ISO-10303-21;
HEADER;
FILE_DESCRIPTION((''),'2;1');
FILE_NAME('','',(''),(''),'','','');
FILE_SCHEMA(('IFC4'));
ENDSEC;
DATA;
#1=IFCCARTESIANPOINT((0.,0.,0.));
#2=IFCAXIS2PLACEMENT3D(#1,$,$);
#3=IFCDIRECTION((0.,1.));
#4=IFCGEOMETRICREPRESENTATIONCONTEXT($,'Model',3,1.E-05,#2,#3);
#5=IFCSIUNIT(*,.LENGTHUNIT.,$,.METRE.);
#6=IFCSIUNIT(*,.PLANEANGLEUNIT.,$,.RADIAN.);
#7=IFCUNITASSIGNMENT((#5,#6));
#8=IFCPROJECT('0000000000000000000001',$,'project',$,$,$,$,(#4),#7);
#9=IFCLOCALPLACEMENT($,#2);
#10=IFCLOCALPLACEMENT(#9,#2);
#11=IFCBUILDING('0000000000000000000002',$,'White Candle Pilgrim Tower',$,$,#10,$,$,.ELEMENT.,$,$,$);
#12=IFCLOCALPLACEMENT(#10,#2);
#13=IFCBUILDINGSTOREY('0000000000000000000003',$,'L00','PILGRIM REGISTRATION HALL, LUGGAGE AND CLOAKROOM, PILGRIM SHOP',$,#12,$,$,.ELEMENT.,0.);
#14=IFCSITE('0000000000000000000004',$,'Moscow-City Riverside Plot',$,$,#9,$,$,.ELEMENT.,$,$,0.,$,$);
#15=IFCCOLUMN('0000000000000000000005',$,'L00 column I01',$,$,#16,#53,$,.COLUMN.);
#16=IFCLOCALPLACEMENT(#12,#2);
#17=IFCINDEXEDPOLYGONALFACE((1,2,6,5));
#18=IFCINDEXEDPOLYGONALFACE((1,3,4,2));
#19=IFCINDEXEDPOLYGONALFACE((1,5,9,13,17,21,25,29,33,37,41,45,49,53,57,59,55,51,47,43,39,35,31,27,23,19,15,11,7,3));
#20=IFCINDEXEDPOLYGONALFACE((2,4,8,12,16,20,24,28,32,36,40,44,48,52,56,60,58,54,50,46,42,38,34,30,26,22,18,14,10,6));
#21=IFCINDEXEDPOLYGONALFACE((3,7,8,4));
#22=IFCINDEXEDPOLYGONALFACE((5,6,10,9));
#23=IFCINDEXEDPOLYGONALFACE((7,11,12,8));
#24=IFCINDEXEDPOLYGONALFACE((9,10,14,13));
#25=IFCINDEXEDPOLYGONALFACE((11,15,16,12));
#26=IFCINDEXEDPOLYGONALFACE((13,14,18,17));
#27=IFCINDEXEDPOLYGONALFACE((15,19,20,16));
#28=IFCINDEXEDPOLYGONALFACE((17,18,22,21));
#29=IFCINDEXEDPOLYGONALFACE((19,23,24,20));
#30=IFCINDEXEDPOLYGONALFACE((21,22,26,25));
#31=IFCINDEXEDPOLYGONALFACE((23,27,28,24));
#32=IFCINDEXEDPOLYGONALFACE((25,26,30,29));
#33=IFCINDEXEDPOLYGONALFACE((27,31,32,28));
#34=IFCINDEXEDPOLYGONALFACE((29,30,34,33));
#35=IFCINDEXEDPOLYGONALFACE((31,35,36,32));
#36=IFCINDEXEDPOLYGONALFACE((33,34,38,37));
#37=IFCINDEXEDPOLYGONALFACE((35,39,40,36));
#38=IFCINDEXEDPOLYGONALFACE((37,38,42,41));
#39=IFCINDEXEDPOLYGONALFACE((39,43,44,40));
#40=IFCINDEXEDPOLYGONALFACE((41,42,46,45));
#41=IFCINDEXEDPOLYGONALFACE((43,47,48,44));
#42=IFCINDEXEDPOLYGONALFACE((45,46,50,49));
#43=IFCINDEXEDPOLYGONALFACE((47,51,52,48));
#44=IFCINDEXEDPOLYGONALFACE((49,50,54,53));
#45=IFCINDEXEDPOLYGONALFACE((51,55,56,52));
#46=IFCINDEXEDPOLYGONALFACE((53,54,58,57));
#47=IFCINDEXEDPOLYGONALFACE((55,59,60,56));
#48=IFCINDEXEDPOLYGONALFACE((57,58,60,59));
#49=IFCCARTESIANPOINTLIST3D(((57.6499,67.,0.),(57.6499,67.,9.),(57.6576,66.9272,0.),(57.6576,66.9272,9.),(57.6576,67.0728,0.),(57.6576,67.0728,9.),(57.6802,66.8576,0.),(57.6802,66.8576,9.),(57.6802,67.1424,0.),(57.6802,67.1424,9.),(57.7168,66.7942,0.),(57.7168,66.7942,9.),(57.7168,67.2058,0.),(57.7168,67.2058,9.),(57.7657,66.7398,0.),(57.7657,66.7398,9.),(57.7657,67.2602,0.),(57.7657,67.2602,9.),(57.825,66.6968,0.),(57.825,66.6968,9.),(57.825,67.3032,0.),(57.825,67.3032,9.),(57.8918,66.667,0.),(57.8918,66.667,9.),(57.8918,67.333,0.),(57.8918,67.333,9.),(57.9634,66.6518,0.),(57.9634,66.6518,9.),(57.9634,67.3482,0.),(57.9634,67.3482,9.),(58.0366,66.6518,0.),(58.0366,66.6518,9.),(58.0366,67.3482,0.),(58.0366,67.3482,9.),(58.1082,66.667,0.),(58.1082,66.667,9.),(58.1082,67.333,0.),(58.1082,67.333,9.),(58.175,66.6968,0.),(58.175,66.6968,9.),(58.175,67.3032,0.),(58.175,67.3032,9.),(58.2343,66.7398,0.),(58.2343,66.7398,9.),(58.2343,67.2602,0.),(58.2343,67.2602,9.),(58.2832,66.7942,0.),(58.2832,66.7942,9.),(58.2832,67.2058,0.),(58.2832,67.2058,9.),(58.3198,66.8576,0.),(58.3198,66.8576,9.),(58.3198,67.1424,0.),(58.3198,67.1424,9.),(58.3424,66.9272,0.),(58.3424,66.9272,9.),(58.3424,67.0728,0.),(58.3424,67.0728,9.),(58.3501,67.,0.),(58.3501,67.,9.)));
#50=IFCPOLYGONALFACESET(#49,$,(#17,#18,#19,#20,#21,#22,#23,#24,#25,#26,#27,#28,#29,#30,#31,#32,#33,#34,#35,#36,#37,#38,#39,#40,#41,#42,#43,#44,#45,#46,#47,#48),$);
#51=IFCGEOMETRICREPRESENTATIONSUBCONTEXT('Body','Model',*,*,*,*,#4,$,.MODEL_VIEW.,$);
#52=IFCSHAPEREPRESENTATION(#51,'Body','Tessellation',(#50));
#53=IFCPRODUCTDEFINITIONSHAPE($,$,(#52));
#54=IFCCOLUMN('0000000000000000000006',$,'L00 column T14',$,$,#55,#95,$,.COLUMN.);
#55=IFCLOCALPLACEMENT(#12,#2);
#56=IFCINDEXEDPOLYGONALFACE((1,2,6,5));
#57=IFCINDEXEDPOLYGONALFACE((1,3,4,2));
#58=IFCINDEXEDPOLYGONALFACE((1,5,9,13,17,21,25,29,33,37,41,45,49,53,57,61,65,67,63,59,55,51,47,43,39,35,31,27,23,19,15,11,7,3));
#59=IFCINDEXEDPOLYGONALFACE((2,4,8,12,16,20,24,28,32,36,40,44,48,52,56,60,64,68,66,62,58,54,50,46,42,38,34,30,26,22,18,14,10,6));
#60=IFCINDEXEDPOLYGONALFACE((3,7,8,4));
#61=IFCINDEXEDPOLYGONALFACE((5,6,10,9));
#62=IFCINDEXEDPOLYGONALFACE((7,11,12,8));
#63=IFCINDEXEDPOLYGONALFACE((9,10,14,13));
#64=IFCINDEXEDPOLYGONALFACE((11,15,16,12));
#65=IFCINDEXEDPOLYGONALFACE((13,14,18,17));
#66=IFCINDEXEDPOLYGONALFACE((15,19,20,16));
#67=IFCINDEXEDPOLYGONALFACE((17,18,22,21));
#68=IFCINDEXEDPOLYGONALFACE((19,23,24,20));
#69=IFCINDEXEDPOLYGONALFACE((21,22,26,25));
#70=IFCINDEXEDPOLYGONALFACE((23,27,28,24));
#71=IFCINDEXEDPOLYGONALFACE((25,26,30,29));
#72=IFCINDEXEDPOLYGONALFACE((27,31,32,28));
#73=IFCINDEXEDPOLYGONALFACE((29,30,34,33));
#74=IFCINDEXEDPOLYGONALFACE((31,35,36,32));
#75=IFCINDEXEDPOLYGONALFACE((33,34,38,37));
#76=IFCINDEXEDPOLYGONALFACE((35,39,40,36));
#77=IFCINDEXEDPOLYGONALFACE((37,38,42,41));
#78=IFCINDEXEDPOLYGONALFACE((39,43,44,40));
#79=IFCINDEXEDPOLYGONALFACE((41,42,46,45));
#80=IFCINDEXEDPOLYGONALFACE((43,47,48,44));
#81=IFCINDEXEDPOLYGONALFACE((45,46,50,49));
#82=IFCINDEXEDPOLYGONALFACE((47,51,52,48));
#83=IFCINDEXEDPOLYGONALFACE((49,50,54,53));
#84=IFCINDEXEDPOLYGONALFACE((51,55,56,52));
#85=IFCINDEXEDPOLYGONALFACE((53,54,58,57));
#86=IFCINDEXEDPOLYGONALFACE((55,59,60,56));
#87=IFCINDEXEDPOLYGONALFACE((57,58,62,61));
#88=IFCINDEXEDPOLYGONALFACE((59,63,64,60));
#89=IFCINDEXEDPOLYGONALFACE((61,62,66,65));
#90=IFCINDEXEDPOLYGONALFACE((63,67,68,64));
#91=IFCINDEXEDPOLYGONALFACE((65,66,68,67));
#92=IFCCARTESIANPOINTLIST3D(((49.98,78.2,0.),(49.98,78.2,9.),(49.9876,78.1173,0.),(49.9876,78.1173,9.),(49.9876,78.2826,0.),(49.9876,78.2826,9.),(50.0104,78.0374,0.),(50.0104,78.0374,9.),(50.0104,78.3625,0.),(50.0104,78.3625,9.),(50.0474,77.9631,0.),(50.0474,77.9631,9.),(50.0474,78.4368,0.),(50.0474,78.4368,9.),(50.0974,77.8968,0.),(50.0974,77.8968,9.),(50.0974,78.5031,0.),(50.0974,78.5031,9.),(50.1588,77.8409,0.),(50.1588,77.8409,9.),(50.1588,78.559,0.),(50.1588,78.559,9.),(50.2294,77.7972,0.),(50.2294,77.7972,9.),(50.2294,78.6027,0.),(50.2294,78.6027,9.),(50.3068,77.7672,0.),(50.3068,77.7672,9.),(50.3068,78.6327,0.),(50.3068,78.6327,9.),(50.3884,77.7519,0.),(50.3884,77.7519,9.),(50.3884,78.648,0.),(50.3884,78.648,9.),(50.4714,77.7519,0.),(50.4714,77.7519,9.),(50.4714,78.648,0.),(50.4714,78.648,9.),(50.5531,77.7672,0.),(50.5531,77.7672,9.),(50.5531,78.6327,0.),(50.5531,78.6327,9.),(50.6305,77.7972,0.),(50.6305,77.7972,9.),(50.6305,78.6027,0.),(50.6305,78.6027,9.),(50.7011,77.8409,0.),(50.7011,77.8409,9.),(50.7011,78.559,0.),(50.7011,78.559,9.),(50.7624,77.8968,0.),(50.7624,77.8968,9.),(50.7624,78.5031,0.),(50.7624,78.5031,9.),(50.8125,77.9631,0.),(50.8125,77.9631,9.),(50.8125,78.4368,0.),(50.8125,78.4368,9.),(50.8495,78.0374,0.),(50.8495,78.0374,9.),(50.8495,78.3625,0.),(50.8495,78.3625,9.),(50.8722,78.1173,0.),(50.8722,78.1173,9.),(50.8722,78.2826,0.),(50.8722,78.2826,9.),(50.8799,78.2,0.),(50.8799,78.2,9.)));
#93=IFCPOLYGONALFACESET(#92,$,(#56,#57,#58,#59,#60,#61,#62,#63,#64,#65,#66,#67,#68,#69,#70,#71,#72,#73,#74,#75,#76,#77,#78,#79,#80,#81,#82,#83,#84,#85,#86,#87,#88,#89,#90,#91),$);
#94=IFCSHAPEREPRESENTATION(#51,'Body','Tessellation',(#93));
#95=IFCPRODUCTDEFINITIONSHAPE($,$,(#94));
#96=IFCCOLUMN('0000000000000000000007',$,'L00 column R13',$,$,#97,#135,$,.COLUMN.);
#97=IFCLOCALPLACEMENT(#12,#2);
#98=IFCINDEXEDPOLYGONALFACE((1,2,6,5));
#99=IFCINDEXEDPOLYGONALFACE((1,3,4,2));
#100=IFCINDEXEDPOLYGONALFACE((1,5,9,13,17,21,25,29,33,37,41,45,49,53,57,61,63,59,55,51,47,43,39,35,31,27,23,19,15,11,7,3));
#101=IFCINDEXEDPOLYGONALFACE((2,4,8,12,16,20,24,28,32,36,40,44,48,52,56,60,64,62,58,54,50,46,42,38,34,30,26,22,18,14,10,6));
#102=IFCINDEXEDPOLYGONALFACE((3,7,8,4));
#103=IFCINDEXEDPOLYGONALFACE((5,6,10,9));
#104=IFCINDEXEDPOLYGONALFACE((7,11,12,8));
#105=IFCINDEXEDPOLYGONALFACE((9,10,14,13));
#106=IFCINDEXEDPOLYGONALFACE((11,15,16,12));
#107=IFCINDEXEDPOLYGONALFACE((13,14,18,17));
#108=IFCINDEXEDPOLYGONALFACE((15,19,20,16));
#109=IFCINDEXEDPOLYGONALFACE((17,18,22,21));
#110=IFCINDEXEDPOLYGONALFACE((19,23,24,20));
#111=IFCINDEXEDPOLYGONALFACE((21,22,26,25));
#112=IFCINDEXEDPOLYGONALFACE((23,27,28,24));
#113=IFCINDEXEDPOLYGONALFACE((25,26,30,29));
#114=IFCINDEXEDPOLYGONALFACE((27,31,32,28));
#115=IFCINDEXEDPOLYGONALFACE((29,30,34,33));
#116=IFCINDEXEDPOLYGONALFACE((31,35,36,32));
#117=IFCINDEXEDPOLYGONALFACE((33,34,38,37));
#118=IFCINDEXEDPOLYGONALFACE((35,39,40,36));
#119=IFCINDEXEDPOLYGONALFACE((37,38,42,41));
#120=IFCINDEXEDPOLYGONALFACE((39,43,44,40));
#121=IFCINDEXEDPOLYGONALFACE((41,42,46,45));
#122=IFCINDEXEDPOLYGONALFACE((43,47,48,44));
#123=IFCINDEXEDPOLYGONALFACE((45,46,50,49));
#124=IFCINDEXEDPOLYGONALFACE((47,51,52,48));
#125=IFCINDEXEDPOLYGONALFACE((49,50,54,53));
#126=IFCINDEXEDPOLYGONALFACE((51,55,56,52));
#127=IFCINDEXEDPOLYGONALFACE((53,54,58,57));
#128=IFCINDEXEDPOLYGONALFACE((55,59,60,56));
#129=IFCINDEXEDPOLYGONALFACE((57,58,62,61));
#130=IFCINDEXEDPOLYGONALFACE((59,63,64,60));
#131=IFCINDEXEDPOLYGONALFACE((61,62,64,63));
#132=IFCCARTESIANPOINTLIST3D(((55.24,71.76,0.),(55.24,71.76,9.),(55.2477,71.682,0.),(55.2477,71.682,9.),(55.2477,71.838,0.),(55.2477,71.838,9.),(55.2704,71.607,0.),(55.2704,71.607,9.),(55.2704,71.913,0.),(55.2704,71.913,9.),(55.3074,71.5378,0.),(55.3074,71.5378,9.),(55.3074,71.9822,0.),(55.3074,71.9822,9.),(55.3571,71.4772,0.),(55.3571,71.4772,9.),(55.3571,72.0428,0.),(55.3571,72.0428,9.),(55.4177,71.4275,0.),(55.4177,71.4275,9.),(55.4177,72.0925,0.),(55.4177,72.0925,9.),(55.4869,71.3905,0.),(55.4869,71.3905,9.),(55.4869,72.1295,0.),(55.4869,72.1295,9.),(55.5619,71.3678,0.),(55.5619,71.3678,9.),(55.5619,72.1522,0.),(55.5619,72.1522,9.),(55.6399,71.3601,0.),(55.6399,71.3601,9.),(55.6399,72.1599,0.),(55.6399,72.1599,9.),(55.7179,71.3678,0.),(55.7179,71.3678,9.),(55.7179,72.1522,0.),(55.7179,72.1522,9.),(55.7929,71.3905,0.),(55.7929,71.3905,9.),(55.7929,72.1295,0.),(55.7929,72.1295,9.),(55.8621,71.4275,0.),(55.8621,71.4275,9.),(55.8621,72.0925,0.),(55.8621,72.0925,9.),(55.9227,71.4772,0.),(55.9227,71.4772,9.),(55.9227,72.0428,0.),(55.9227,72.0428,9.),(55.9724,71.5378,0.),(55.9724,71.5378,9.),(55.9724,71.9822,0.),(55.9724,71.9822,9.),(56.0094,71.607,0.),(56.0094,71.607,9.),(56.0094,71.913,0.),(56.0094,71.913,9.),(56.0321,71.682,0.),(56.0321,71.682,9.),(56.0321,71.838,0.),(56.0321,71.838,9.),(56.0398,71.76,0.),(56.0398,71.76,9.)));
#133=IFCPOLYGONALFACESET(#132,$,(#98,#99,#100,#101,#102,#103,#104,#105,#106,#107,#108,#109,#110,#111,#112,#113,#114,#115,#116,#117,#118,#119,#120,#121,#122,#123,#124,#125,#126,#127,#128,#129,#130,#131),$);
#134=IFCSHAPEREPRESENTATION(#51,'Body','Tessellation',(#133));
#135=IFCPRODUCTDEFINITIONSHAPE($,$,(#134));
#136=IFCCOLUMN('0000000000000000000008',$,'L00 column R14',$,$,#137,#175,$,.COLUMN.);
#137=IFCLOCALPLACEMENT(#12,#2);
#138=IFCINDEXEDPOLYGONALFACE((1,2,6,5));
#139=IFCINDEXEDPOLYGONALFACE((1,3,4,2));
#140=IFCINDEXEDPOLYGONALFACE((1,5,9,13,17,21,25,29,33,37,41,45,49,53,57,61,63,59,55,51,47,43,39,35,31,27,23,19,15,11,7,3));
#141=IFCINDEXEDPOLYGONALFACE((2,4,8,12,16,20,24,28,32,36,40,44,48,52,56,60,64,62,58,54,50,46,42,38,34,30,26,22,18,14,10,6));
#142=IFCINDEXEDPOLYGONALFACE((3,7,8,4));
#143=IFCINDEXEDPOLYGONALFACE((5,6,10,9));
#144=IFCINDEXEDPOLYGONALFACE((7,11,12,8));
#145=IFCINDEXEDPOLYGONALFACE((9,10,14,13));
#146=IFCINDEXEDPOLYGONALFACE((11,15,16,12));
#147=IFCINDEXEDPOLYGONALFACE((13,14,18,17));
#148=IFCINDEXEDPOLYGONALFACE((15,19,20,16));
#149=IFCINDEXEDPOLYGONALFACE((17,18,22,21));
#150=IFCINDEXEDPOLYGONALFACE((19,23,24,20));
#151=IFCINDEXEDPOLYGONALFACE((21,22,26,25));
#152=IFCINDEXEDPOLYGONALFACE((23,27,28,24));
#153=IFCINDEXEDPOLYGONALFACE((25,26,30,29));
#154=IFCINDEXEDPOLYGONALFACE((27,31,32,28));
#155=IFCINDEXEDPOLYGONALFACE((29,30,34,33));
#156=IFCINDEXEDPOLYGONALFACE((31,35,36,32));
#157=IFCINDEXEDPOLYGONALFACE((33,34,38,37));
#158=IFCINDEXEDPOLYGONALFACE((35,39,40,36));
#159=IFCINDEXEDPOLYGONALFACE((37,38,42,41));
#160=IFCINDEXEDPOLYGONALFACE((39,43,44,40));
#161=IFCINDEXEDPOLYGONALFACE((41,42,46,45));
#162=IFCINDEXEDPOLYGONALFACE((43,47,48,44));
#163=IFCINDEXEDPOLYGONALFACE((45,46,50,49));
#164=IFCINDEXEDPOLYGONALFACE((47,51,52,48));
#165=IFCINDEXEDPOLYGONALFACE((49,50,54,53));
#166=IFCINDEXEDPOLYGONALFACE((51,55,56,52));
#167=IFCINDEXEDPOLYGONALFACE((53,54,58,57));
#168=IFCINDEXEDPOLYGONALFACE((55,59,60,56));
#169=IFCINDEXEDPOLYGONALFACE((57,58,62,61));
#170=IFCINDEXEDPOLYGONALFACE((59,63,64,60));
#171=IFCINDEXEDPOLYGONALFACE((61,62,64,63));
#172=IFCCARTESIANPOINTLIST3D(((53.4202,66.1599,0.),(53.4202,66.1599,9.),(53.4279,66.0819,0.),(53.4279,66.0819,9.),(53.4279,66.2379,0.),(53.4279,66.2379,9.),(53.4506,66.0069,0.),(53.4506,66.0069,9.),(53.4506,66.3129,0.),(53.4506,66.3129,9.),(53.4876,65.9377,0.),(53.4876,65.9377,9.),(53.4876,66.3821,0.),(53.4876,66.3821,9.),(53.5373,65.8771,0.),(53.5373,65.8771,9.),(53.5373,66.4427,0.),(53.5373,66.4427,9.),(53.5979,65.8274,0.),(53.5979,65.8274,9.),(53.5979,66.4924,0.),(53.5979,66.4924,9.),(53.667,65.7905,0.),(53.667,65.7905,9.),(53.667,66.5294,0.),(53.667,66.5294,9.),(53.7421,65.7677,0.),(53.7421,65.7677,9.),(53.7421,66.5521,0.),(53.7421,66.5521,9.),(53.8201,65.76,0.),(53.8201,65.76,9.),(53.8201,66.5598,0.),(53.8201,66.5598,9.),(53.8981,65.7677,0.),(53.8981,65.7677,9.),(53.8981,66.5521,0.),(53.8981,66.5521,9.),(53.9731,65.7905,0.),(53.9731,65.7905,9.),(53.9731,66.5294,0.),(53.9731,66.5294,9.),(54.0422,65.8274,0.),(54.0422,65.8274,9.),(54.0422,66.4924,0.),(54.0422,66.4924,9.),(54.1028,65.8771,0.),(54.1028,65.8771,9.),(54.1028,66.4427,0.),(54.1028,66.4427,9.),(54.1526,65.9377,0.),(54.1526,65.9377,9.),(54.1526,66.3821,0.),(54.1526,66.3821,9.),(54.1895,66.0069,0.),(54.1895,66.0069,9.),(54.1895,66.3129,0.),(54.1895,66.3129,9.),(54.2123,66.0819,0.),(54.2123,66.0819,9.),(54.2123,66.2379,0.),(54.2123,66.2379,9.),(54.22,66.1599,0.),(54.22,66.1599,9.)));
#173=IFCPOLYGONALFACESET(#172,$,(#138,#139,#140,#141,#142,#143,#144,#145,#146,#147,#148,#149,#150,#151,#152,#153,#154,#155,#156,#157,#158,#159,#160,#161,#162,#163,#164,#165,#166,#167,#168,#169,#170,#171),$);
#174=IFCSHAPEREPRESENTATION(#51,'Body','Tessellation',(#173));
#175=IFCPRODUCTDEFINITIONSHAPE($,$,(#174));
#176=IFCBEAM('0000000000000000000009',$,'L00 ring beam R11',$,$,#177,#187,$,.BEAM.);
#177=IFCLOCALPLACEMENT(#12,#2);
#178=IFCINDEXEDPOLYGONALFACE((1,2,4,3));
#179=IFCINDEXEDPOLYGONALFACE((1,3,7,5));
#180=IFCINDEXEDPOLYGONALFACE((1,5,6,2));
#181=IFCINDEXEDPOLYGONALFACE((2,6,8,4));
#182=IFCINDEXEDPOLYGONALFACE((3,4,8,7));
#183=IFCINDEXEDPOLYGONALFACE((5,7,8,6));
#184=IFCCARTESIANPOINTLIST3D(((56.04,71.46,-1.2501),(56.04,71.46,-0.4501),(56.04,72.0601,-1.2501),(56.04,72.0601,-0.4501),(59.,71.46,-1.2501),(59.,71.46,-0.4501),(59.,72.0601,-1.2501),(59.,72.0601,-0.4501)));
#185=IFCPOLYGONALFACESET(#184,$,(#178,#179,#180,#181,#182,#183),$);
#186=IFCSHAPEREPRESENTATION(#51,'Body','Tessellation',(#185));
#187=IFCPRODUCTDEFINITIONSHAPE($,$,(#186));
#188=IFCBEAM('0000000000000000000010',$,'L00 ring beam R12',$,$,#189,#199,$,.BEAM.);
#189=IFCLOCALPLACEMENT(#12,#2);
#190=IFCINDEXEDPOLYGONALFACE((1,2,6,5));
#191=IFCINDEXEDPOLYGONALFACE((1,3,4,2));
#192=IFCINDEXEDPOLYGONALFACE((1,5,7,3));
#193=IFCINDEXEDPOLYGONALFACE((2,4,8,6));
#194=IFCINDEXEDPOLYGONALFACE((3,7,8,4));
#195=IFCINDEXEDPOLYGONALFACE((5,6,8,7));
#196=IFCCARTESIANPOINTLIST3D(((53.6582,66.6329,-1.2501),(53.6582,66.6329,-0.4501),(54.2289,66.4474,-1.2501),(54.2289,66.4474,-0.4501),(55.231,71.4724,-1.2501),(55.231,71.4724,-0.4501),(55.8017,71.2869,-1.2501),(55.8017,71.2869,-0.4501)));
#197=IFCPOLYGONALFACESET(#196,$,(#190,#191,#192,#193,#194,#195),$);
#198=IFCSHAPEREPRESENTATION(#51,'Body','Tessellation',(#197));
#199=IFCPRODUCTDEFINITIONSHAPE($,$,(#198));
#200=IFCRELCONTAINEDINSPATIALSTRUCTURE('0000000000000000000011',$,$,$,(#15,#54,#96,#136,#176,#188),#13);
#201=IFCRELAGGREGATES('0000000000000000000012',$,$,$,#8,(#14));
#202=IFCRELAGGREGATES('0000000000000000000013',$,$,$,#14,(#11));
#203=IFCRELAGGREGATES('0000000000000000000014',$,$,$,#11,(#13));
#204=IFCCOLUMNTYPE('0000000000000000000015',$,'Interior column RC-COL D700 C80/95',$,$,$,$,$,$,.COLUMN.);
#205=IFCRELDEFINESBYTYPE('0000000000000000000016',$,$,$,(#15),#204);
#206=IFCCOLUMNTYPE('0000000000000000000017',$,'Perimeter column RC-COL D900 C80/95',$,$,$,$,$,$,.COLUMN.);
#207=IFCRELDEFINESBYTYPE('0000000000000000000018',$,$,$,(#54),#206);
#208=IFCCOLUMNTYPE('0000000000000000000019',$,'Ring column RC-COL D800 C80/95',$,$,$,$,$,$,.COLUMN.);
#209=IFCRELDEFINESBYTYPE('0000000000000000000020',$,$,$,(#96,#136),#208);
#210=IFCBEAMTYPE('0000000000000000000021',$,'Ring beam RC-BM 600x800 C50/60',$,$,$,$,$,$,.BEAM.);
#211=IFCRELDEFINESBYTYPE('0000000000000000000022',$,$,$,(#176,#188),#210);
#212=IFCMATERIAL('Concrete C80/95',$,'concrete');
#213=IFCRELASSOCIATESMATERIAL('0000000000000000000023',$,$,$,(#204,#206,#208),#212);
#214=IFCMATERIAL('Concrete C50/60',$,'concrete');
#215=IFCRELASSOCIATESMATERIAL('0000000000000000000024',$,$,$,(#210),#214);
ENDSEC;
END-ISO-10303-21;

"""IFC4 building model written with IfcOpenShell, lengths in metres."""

from ifc_helpers import new_model, si_unit, direction, frame, origin, origin_2d, place, context, subcontext, project, spatial, rectangle, circle, extrude, material, material_profile, profile_set, type_object, element, save


model = new_model("IFC4")

# Units and contexts
model_context = context("Model", 3, precision=1e-05, world=origin(), true_north=direction((0.0, 1.0)))
body_context = subcontext(model_context, "Body", "Model", "MODEL_VIEW")
ifc_project = project(units=[si_unit("LENGTHUNIT", "METRE"), si_unit("PLANEANGLEUNIT", "RADIAN")], contexts=[model_context])

# Site, building, storey
site_placement = place(None, origin())
site = spatial("IfcSite", under=ifc_project, at=site_placement, Name="Moscow-City Riverside Plot", CompositionType="ELEMENT", RefElevation=0.0)
building_placement = place(site_placement, origin())
building = spatial("IfcBuilding", under=site, at=building_placement, Name="White Candle Pilgrim Tower", CompositionType="ELEMENT")
storey_placement = place(building_placement, origin())
storey = spatial("IfcBuildingStorey", under=building, at=storey_placement, Name="L00", Description="PILGRIM REGISTRATION HALL, LUGGAGE AND CLOAKROOM, PILGRIM SHOP", CompositionType="ELEMENT", Elevation=0.0)

# Columns
ifc_material_1 = material(Name="Concrete C80/95", Category="concrete")
ifc_material_profile_1 = material_profile(ifc_material_1, circle(Radius=0.3501, at=origin_2d()), Name="RC-COL D700")
ifc_profile_set_1 = profile_set([ifc_material_profile_1], Name="Concrete C80/95")
column_type_1 = type_object("IfcColumnType", Name="Interior column RC-COL D700 C80/95", PredefinedType="COLUMN", material=ifc_profile_set_1)
column_1_placement = place(storey_placement, frame((58.0, 67.0, 0.0), z_axis=(0.0, 0.0, 1.0), x_axis=(1.0, 0.0, 0.0)))
element("IfcColumn", 1, at=column_1_placement, inside=storey, type_object=column_type_1, Name="L00 column I01", PredefinedType="COLUMN", context=body_context, shape_type="SweptSolid", body=[
    extrude(circle(Radius=0.3501, at=origin_2d()), origin(), (0.0, 0.0, 1.0), 9.0),
])
ifc_material_profile_2 = material_profile(ifc_material_1, circle(Radius=0.45, at=origin_2d()), Name="RC-COL D900")
ifc_profile_set_2 = profile_set([ifc_material_profile_2], Name="Concrete C80/95")
column_type_2 = type_object("IfcColumnType", Name="Perimeter column RC-COL D900 C80/95", PredefinedType="COLUMN", material=ifc_profile_set_2)
column_2_placement = place(storey_placement, frame((50.4299, 78.2, 0.0), z_axis=(0.0, 0.0, 1.0), x_axis=(1.0, 0.0, 0.0)))
element("IfcColumn", 2, at=column_2_placement, inside=storey, type_object=column_type_2, Name="L00 column T14", PredefinedType="COLUMN", context=body_context, shape_type="SweptSolid", body=[
    extrude(circle(Radius=0.45, at=origin_2d()), origin(), (0.0, 0.0, 1.0), 9.0),
])
ifc_material_profile_3 = material_profile(ifc_material_1, circle(Radius=0.3999, at=origin_2d()), Name="RC-COL D800")
ifc_profile_set_3 = profile_set([ifc_material_profile_3], Name="Concrete C80/95")
column_type_3 = type_object("IfcColumnType", Name="Ring column RC-COL D800 C80/95", PredefinedType="COLUMN", material=ifc_profile_set_3)
for number, where, z_axis, x_axis, name in (
    (3, (55.6399, 71.76, 0.0), (0.0, 0.0, 1.0), (1.0, 0.0, 0.0), "L00 column R13"),
    (4, (53.8201, 66.1599, 0.0), (0.0, 0.0, 1.0), (1.0, 0.0, 0.0), "L00 column R14"),
):
    element("IfcColumn", number, at=place(storey_placement, frame(where, z_axis=z_axis, x_axis=x_axis)), inside=storey, type_object=column_type_3, Name=name, PredefinedType="COLUMN", context=body_context, shape_type="SweptSolid", body=[
        extrude(circle(Radius=0.3999, at=origin_2d()), origin(), (0.0, 0.0, 1.0), 9.0),
    ])

# Beams
ifc_material_2 = material(Name="Concrete C50/60", Category="concrete")
ifc_material_profile_4 = material_profile(ifc_material_2, rectangle(XDim=0.6001, YDim=0.8, at=origin_2d()), Name="RC-BM 600x800")
ifc_profile_set_4 = profile_set([ifc_material_profile_4], Name="Concrete C50/60")
beam_type_1 = type_object("IfcBeamType", Name="Ring beam RC-BM 600x800 C50/60", PredefinedType="BEAM", material=ifc_profile_set_4)
beam_1_placement = place(storey_placement, frame((56.04, 71.76, -0.8501), z_axis=(1.0, 0.0, 0.0), x_axis=(0.0, 1.0, 0.0)))
element("IfcBeam", 5, at=beam_1_placement, inside=storey, type_object=beam_type_1, Name="L00 ring beam R11", PredefinedType="BEAM", context=body_context, shape_type="SweptSolid", body=[
    extrude(rectangle(XDim=0.6001, YDim=0.8, at=origin_2d()), origin(), (0.0, 0.0, 1.0), 2.96),
])
beam_2_placement = place(storey_placement, frame((55.5164, 71.3796, -0.8501), z_axis=(-0.30908, -0.951036, 0.0), x_axis=(0.951036, -0.30908, 0.0)))
element("IfcBeam", 6, at=beam_2_placement, inside=storey, type_object=beam_type_1, Name="L00 ring beam R12", PredefinedType="BEAM", context=body_context, shape_type="SweptSolid", body=[
    extrude(rectangle(XDim=0.6001, YDim=0.8, at=origin_2d()), origin(), (0.0, 0.0, 1.0), 5.0886),
])

save(model, "model.ifc")
